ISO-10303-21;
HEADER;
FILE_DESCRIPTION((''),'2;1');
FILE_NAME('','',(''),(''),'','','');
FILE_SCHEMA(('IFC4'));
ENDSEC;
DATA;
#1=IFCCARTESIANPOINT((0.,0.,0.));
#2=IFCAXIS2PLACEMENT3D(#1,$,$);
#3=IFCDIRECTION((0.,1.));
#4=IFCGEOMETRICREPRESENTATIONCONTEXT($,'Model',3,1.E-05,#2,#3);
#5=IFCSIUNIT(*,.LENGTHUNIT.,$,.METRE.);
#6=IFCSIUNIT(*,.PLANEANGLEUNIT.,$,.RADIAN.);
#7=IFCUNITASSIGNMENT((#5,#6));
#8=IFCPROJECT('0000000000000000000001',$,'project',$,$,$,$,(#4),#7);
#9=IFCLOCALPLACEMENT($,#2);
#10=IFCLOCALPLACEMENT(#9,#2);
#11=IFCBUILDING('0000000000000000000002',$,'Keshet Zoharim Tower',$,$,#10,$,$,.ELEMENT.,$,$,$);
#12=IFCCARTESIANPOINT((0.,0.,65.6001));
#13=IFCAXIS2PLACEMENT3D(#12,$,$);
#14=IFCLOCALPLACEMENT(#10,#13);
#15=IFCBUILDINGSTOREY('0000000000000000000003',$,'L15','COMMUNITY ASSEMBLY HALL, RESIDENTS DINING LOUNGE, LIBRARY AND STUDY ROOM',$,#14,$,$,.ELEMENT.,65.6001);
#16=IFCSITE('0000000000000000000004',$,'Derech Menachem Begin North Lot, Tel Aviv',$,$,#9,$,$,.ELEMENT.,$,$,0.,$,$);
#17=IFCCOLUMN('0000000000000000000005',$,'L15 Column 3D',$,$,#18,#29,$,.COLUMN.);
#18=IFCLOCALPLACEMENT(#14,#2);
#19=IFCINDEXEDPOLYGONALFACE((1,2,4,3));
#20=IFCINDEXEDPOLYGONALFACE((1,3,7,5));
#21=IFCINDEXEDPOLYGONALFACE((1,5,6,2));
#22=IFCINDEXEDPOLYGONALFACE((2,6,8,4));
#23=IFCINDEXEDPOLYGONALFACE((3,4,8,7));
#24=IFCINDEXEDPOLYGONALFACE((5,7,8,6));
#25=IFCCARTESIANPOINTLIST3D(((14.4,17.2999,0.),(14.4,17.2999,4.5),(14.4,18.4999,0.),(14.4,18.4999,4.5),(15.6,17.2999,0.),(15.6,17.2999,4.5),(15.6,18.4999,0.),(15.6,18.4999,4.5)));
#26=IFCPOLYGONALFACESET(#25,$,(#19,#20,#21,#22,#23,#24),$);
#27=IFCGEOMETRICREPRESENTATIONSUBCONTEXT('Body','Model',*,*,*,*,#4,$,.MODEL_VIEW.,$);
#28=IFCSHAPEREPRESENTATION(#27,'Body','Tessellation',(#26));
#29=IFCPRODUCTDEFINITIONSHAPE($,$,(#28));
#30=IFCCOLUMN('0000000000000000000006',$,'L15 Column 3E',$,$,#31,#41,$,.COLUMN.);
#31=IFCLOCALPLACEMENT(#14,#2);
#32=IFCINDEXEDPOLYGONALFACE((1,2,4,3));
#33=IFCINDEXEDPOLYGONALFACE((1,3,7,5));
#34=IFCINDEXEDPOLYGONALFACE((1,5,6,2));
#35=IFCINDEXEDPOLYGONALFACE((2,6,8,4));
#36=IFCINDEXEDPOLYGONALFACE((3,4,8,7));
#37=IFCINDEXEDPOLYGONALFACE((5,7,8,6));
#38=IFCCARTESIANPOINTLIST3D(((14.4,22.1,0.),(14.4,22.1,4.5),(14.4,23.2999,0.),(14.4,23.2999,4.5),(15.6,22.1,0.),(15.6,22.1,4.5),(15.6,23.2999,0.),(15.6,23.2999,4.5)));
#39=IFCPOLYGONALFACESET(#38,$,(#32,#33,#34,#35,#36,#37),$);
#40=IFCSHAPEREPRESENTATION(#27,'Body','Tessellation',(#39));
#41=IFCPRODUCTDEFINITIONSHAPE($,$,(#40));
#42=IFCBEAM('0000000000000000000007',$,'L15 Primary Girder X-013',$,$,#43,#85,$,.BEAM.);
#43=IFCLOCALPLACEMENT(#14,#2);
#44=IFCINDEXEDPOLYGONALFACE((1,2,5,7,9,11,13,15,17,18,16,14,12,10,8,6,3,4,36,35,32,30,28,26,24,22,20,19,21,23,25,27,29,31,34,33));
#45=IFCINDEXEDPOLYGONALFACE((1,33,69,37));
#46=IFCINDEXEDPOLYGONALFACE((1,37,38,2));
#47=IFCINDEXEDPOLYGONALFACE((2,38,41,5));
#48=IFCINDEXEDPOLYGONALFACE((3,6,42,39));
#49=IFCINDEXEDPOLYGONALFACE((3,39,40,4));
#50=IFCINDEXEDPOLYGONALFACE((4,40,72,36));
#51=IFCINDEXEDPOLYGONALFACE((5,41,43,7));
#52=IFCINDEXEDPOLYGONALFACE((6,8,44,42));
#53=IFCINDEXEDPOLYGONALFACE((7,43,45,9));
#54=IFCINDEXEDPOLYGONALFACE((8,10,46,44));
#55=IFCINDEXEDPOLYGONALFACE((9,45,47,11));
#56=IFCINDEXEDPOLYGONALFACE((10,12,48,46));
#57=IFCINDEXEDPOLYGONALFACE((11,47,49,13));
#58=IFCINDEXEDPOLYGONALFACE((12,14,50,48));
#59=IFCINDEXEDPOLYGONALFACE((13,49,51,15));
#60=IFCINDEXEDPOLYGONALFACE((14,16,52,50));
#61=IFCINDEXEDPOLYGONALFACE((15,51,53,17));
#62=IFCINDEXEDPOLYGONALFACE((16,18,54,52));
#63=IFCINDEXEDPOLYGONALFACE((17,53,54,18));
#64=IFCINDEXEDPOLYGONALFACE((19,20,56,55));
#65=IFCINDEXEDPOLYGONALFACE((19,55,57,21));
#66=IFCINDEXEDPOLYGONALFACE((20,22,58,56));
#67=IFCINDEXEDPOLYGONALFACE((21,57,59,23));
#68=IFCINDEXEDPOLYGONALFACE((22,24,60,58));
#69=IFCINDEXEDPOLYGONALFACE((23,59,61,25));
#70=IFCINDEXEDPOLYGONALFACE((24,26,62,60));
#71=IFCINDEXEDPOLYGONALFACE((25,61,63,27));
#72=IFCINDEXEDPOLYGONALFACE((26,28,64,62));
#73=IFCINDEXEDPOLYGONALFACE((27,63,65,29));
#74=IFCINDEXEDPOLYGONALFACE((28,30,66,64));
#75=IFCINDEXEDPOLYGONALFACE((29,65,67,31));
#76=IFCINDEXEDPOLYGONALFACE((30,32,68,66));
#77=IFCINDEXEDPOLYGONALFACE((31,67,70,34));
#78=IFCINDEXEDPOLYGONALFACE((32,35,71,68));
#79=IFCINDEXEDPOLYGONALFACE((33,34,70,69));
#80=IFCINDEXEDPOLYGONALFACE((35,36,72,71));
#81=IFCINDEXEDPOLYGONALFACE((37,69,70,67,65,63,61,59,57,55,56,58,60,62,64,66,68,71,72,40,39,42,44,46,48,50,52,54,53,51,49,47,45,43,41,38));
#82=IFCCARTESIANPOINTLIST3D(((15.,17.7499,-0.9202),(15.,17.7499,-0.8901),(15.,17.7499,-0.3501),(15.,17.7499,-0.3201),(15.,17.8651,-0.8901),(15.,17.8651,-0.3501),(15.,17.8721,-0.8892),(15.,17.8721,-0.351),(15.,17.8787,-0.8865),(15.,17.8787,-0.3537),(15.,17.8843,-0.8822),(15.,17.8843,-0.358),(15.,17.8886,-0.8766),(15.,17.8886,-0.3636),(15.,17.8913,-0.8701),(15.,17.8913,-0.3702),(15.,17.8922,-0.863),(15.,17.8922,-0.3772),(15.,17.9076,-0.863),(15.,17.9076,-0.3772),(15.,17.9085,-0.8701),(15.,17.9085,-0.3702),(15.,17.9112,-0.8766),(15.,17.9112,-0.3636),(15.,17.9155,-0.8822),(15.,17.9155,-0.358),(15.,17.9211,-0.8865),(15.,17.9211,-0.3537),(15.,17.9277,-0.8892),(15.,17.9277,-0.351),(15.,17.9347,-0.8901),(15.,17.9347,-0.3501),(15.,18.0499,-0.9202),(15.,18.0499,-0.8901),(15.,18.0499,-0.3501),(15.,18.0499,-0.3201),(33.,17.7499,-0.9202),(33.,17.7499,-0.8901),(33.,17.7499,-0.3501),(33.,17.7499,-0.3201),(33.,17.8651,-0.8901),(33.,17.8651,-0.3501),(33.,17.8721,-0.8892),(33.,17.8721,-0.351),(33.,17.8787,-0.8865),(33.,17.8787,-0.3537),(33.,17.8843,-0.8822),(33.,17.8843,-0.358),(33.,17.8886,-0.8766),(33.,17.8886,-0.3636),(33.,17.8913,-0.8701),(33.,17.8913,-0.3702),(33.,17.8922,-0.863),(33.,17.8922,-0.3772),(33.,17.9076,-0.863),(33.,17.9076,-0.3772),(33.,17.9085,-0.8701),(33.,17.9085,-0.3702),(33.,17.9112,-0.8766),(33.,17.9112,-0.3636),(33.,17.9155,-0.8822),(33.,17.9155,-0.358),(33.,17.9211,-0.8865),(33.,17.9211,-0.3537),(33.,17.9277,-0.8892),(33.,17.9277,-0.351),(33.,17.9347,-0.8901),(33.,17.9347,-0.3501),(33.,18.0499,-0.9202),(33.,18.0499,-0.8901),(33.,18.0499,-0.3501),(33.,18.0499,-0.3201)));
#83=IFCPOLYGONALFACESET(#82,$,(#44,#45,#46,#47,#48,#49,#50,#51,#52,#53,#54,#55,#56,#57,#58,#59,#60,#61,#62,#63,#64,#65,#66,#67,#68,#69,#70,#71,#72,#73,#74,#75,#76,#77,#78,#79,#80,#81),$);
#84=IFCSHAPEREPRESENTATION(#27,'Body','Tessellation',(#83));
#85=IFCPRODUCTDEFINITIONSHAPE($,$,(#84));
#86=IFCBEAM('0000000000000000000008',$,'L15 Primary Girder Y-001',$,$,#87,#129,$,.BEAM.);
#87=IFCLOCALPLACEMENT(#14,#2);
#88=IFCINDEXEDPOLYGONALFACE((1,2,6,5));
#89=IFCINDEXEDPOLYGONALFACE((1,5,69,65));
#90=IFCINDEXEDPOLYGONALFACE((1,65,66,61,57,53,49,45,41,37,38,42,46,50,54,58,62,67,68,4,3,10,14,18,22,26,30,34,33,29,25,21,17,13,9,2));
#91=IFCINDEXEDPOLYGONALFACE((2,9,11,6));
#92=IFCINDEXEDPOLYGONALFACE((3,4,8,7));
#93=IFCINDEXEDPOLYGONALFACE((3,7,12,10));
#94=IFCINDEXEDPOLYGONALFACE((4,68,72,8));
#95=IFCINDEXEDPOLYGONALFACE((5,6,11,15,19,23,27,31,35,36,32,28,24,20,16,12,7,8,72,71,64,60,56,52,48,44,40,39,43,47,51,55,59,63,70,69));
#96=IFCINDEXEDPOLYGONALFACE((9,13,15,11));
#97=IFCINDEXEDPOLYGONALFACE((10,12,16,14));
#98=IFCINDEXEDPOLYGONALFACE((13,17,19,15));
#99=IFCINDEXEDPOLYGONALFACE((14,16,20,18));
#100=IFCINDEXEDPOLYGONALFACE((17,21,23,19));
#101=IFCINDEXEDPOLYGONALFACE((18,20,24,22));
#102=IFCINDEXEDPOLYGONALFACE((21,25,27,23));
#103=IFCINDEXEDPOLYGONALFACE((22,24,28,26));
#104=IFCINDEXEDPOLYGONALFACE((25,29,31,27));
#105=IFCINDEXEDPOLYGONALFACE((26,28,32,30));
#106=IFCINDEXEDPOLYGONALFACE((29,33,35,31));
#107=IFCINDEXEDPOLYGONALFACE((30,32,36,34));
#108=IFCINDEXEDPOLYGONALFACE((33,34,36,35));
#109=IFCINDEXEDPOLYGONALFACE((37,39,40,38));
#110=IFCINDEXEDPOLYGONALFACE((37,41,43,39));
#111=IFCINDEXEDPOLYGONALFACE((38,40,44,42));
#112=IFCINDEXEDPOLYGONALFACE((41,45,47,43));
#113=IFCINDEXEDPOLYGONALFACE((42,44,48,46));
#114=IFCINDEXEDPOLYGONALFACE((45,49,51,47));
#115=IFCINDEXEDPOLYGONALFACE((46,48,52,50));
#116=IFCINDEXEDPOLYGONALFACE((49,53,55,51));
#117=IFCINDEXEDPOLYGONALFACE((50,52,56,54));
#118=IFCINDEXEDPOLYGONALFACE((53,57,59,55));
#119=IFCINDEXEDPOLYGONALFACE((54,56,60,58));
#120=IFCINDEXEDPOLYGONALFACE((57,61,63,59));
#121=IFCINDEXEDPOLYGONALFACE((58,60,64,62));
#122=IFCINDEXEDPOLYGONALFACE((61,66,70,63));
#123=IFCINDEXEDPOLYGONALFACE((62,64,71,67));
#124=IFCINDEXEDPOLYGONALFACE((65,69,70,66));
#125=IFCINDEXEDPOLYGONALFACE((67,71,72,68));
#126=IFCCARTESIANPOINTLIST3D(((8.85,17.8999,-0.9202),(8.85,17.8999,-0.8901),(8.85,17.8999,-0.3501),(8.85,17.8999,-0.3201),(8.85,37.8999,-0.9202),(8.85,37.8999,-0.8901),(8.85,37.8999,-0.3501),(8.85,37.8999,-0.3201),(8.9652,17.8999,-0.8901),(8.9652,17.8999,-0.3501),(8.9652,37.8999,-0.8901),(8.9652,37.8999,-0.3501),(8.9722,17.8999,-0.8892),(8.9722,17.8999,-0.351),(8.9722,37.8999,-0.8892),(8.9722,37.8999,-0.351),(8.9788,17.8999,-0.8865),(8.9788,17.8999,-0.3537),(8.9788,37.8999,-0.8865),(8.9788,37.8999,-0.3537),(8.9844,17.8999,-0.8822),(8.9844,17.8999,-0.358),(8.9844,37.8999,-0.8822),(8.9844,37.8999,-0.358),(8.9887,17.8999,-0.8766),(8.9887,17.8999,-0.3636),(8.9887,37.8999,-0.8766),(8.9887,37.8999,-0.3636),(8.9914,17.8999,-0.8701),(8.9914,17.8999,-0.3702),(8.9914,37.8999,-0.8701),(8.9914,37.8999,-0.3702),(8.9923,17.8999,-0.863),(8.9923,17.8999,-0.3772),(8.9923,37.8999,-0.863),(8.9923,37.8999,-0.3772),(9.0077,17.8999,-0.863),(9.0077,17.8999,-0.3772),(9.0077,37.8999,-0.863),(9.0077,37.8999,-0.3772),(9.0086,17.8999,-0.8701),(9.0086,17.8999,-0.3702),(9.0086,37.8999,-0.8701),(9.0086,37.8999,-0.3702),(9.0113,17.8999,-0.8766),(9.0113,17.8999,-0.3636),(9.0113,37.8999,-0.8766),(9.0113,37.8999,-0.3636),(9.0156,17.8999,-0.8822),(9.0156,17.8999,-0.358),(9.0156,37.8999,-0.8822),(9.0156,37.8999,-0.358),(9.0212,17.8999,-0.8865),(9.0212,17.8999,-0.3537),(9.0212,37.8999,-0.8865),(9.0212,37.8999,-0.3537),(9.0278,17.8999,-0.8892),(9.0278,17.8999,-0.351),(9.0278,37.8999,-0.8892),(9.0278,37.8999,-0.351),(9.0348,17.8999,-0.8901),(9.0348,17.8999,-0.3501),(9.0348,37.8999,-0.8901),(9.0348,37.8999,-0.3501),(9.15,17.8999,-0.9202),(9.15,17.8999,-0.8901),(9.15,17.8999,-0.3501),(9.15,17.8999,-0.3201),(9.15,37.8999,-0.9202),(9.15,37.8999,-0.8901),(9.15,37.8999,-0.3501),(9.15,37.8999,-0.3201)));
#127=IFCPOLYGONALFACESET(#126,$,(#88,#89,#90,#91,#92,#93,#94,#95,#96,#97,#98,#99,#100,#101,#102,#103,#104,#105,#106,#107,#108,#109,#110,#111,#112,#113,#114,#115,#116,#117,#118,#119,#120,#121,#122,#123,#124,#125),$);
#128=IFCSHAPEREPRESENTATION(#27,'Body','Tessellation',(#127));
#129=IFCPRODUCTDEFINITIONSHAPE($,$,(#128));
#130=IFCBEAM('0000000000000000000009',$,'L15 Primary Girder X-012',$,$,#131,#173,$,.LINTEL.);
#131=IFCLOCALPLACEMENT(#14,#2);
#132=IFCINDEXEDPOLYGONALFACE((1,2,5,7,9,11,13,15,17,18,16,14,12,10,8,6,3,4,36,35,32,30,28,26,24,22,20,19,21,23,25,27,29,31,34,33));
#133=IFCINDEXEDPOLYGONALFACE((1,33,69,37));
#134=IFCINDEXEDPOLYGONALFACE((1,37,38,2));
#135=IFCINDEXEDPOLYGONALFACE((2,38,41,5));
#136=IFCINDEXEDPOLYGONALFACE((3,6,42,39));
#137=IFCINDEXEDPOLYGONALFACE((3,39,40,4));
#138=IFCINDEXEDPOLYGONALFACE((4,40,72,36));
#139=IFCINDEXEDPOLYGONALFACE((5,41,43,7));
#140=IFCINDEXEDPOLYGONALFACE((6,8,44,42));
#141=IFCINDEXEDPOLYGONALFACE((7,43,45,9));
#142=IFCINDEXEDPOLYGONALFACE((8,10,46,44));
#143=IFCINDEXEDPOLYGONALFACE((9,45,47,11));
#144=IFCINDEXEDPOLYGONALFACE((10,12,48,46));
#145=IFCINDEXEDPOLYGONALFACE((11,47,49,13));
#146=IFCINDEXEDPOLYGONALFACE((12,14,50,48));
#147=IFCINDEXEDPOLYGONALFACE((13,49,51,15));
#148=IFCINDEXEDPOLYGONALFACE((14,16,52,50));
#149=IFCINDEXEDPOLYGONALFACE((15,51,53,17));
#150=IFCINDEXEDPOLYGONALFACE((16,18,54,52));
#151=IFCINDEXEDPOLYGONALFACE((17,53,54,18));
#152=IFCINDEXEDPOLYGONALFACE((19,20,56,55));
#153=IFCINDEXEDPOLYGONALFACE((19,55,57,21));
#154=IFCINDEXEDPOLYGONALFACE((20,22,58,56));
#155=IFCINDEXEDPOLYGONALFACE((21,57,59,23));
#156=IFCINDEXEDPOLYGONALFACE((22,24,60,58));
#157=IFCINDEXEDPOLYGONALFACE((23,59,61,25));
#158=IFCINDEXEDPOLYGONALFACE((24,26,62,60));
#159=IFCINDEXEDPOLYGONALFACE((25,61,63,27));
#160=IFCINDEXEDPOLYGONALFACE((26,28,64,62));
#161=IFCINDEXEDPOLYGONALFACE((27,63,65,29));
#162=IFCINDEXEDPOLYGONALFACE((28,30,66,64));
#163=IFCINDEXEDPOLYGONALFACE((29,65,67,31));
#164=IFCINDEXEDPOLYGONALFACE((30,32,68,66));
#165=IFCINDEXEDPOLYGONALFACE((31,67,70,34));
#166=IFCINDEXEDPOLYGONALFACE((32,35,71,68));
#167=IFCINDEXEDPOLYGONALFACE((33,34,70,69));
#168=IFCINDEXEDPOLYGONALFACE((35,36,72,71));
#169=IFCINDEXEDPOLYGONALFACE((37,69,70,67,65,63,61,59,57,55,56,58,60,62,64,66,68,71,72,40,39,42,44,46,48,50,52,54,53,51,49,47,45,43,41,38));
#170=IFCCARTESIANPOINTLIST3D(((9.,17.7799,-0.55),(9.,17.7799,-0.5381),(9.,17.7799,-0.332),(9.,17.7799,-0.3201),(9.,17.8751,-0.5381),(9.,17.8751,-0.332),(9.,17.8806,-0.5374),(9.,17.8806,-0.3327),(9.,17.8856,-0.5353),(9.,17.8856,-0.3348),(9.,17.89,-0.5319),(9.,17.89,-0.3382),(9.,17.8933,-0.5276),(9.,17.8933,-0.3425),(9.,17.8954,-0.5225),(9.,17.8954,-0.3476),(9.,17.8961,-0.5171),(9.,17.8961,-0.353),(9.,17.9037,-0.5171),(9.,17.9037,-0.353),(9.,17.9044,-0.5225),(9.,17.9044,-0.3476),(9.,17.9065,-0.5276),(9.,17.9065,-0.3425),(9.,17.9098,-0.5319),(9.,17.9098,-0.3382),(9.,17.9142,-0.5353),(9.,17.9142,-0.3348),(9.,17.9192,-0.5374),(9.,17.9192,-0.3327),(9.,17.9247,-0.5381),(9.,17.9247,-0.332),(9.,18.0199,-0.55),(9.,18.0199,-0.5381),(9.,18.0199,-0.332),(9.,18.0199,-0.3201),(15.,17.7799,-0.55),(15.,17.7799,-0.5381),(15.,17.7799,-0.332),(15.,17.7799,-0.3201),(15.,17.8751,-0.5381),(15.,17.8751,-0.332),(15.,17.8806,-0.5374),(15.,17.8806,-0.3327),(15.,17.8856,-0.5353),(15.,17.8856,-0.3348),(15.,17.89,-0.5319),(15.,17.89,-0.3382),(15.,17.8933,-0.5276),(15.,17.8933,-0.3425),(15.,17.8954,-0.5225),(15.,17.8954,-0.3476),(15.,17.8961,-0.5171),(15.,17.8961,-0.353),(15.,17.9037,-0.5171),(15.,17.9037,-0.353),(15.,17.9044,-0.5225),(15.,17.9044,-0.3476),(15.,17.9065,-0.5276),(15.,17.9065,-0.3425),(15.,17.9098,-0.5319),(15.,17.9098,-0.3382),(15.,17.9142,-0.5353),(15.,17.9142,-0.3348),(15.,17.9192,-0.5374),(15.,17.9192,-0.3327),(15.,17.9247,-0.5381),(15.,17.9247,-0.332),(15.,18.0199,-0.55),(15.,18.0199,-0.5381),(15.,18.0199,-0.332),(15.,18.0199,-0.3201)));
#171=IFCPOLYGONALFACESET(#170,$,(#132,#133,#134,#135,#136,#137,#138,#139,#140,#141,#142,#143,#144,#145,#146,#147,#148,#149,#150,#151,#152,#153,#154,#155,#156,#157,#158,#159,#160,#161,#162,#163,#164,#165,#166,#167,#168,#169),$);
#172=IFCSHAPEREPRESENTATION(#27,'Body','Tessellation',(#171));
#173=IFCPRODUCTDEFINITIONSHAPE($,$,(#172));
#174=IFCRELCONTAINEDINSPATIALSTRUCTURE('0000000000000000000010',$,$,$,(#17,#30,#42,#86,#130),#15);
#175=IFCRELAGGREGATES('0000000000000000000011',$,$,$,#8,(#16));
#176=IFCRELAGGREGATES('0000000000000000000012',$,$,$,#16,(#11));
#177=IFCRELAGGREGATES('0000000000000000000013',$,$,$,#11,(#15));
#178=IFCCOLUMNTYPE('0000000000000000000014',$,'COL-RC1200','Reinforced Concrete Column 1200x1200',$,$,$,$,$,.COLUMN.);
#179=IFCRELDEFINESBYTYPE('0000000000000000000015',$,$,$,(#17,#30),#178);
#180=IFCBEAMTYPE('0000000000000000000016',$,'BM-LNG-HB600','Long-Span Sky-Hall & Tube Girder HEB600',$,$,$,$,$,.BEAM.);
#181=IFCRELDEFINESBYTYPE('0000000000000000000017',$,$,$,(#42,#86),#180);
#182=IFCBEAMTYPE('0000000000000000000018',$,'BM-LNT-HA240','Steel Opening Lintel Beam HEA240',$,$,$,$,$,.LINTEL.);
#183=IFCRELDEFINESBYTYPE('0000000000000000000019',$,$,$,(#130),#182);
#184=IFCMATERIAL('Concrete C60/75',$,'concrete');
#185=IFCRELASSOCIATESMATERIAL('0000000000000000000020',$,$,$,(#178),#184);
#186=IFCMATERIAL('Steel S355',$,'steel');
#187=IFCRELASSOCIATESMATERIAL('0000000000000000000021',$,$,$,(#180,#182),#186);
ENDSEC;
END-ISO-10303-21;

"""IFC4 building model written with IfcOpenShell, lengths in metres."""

from ifc_helpers import new_model, si_unit, direction, frame, origin, origin_2d, place, context, subcontext, project, spatial, rectangle, i_section, extrude, material, material_profile, profile_set, type_object, element, save


model = new_model("IFC4")

# Units and contexts
model_context = context("Model", 3, precision=1e-05, world=origin(), true_north=direction((0.0, 1.0)))
body_context = subcontext(model_context, "Body", "Model", "MODEL_VIEW")
ifc_project = project(units=[si_unit("LENGTHUNIT", "METRE"), si_unit("PLANEANGLEUNIT", "RADIAN")], contexts=[model_context])

# Site, building, storey
site_placement = place(None, origin())
site = spatial("IfcSite", under=ifc_project, at=site_placement, Name="Derech Menachem Begin North Lot, Tel Aviv", CompositionType="ELEMENT", RefElevation=0.0)
building_placement = place(site_placement, origin())
building = spatial("IfcBuilding", under=site, at=building_placement, Name="Keshet Zoharim Tower", CompositionType="ELEMENT")
storey_placement = place(building_placement, frame((0.0, 0.0, 65.6001)))
storey = spatial("IfcBuildingStorey", under=building, at=storey_placement, Name="L15", Description="COMMUNITY ASSEMBLY HALL, RESIDENTS DINING LOUNGE, LIBRARY AND STUDY ROOM", CompositionType="ELEMENT", Elevation=65.6001)

# Columns
ifc_material_1 = material(Name="Concrete C60/75", Category="concrete")
ifc_material_profile_1 = material_profile(ifc_material_1, rectangle(XDim=1.2, YDim=1.2, at=origin_2d()), Name="RC1200x1200")
ifc_profile_set_1 = profile_set([ifc_material_profile_1], Name="Concrete C60/75")
column_type = type_object("IfcColumnType", Name="COL-RC1200", Description="Reinforced Concrete Column 1200x1200", PredefinedType="COLUMN", material=ifc_profile_set_1)
for number, where, z_axis, x_axis, name in (
    (1, (15.0, 17.8999, 0.0), (0.0, 0.0, 1.0), (1.0, 0.0, 0.0), "L15 Column 3D"),
    (2, (15.0, 22.7, 0.0), (0.0, 0.0, 1.0), (1.0, 0.0, 0.0), "L15 Column 3E"),
):
    element("IfcColumn", number, at=place(storey_placement, frame(where, z_axis=z_axis, x_axis=x_axis)), inside=storey, type_object=column_type, Name=name, PredefinedType="COLUMN", context=body_context, shape_type="SweptSolid", body=[
        extrude(rectangle(XDim=1.2, YDim=1.2, at=origin_2d()), origin(), (0.0, 0.0, 1.0), 4.5),
    ])

# Beams
ifc_material_2 = material(Name="Steel S355", Category="steel")
ifc_material_profile_2 = material_profile(ifc_material_2, i_section(OverallWidth=0.3, OverallDepth=0.6001, WebThickness=0.0154, FlangeThickness=0.03, FilletRadius=0.0271, at=origin_2d()), Name="HEB600")
ifc_profile_set_2 = profile_set([ifc_material_profile_2], Name="Steel S355")
beam_type_1 = type_object("IfcBeamType", Name="BM-LNG-HB600", Description="Long-Span Sky-Hall & Tube Girder HEB600", PredefinedType="BEAM", material=ifc_profile_set_2)
beam_1_placement = place(storey_placement, frame((15.0, 17.8999, -0.6201), z_axis=(1.0, 0.0, 0.0), x_axis=(0.0, 1.0, 0.0)))
element("IfcBeam", 3, at=beam_1_placement, inside=storey, type_object=beam_type_1, Name="L15 Primary Girder X-013", PredefinedType="BEAM", context=body_context, shape_type="SweptSolid", body=[
    extrude(i_section(OverallWidth=0.3, OverallDepth=0.6001, WebThickness=0.0154, FlangeThickness=0.03, FilletRadius=0.0271, at=origin_2d()), origin(), (0.0, 0.0, 1.0), 18.0),
])
beam_2_placement = place(storey_placement, frame((9.0, 17.8999, -0.6201), z_axis=(0.0, 1.0, 0.0), x_axis=(-1.0, 0.0, 0.0)))
element("IfcBeam", 4, at=beam_2_placement, inside=storey, type_object=beam_type_1, Name="L15 Primary Girder Y-001", PredefinedType="BEAM", context=body_context, shape_type="SweptSolid", body=[
    extrude(i_section(OverallWidth=0.3, OverallDepth=0.6001, WebThickness=0.0154, FlangeThickness=0.03, FilletRadius=0.0271, at=origin_2d()), origin(), (0.0, 0.0, 1.0), 20.0),
])
ifc_material_profile_3 = material_profile(ifc_material_2, i_section(OverallWidth=0.24, OverallDepth=0.23, WebThickness=0.0076, FlangeThickness=0.012, FilletRadius=0.021, at=origin_2d()), Name="HEA240")
ifc_profile_set_3 = profile_set([ifc_material_profile_3], Name="Steel S355")
beam_type_2 = type_object("IfcBeamType", Name="BM-LNT-HA240", Description="Steel Opening Lintel Beam HEA240", PredefinedType="LINTEL", material=ifc_profile_set_3)
beam_3_placement = place(storey_placement, frame((9.0, 17.8999, -0.4351), z_axis=(1.0, 0.0, 0.0), x_axis=(0.0, 1.0, 0.0)))
element("IfcBeam", 5, at=beam_3_placement, inside=storey, type_object=beam_type_2, Name="L15 Primary Girder X-012", PredefinedType="LINTEL", context=body_context, shape_type="SweptSolid", body=[
    extrude(i_section(OverallWidth=0.24, OverallDepth=0.23, WebThickness=0.0076, FlangeThickness=0.012, FilletRadius=0.021, at=origin_2d()), origin(), (0.0, 0.0, 1.0), 6.0),
])

save(model, "model.ifc")
